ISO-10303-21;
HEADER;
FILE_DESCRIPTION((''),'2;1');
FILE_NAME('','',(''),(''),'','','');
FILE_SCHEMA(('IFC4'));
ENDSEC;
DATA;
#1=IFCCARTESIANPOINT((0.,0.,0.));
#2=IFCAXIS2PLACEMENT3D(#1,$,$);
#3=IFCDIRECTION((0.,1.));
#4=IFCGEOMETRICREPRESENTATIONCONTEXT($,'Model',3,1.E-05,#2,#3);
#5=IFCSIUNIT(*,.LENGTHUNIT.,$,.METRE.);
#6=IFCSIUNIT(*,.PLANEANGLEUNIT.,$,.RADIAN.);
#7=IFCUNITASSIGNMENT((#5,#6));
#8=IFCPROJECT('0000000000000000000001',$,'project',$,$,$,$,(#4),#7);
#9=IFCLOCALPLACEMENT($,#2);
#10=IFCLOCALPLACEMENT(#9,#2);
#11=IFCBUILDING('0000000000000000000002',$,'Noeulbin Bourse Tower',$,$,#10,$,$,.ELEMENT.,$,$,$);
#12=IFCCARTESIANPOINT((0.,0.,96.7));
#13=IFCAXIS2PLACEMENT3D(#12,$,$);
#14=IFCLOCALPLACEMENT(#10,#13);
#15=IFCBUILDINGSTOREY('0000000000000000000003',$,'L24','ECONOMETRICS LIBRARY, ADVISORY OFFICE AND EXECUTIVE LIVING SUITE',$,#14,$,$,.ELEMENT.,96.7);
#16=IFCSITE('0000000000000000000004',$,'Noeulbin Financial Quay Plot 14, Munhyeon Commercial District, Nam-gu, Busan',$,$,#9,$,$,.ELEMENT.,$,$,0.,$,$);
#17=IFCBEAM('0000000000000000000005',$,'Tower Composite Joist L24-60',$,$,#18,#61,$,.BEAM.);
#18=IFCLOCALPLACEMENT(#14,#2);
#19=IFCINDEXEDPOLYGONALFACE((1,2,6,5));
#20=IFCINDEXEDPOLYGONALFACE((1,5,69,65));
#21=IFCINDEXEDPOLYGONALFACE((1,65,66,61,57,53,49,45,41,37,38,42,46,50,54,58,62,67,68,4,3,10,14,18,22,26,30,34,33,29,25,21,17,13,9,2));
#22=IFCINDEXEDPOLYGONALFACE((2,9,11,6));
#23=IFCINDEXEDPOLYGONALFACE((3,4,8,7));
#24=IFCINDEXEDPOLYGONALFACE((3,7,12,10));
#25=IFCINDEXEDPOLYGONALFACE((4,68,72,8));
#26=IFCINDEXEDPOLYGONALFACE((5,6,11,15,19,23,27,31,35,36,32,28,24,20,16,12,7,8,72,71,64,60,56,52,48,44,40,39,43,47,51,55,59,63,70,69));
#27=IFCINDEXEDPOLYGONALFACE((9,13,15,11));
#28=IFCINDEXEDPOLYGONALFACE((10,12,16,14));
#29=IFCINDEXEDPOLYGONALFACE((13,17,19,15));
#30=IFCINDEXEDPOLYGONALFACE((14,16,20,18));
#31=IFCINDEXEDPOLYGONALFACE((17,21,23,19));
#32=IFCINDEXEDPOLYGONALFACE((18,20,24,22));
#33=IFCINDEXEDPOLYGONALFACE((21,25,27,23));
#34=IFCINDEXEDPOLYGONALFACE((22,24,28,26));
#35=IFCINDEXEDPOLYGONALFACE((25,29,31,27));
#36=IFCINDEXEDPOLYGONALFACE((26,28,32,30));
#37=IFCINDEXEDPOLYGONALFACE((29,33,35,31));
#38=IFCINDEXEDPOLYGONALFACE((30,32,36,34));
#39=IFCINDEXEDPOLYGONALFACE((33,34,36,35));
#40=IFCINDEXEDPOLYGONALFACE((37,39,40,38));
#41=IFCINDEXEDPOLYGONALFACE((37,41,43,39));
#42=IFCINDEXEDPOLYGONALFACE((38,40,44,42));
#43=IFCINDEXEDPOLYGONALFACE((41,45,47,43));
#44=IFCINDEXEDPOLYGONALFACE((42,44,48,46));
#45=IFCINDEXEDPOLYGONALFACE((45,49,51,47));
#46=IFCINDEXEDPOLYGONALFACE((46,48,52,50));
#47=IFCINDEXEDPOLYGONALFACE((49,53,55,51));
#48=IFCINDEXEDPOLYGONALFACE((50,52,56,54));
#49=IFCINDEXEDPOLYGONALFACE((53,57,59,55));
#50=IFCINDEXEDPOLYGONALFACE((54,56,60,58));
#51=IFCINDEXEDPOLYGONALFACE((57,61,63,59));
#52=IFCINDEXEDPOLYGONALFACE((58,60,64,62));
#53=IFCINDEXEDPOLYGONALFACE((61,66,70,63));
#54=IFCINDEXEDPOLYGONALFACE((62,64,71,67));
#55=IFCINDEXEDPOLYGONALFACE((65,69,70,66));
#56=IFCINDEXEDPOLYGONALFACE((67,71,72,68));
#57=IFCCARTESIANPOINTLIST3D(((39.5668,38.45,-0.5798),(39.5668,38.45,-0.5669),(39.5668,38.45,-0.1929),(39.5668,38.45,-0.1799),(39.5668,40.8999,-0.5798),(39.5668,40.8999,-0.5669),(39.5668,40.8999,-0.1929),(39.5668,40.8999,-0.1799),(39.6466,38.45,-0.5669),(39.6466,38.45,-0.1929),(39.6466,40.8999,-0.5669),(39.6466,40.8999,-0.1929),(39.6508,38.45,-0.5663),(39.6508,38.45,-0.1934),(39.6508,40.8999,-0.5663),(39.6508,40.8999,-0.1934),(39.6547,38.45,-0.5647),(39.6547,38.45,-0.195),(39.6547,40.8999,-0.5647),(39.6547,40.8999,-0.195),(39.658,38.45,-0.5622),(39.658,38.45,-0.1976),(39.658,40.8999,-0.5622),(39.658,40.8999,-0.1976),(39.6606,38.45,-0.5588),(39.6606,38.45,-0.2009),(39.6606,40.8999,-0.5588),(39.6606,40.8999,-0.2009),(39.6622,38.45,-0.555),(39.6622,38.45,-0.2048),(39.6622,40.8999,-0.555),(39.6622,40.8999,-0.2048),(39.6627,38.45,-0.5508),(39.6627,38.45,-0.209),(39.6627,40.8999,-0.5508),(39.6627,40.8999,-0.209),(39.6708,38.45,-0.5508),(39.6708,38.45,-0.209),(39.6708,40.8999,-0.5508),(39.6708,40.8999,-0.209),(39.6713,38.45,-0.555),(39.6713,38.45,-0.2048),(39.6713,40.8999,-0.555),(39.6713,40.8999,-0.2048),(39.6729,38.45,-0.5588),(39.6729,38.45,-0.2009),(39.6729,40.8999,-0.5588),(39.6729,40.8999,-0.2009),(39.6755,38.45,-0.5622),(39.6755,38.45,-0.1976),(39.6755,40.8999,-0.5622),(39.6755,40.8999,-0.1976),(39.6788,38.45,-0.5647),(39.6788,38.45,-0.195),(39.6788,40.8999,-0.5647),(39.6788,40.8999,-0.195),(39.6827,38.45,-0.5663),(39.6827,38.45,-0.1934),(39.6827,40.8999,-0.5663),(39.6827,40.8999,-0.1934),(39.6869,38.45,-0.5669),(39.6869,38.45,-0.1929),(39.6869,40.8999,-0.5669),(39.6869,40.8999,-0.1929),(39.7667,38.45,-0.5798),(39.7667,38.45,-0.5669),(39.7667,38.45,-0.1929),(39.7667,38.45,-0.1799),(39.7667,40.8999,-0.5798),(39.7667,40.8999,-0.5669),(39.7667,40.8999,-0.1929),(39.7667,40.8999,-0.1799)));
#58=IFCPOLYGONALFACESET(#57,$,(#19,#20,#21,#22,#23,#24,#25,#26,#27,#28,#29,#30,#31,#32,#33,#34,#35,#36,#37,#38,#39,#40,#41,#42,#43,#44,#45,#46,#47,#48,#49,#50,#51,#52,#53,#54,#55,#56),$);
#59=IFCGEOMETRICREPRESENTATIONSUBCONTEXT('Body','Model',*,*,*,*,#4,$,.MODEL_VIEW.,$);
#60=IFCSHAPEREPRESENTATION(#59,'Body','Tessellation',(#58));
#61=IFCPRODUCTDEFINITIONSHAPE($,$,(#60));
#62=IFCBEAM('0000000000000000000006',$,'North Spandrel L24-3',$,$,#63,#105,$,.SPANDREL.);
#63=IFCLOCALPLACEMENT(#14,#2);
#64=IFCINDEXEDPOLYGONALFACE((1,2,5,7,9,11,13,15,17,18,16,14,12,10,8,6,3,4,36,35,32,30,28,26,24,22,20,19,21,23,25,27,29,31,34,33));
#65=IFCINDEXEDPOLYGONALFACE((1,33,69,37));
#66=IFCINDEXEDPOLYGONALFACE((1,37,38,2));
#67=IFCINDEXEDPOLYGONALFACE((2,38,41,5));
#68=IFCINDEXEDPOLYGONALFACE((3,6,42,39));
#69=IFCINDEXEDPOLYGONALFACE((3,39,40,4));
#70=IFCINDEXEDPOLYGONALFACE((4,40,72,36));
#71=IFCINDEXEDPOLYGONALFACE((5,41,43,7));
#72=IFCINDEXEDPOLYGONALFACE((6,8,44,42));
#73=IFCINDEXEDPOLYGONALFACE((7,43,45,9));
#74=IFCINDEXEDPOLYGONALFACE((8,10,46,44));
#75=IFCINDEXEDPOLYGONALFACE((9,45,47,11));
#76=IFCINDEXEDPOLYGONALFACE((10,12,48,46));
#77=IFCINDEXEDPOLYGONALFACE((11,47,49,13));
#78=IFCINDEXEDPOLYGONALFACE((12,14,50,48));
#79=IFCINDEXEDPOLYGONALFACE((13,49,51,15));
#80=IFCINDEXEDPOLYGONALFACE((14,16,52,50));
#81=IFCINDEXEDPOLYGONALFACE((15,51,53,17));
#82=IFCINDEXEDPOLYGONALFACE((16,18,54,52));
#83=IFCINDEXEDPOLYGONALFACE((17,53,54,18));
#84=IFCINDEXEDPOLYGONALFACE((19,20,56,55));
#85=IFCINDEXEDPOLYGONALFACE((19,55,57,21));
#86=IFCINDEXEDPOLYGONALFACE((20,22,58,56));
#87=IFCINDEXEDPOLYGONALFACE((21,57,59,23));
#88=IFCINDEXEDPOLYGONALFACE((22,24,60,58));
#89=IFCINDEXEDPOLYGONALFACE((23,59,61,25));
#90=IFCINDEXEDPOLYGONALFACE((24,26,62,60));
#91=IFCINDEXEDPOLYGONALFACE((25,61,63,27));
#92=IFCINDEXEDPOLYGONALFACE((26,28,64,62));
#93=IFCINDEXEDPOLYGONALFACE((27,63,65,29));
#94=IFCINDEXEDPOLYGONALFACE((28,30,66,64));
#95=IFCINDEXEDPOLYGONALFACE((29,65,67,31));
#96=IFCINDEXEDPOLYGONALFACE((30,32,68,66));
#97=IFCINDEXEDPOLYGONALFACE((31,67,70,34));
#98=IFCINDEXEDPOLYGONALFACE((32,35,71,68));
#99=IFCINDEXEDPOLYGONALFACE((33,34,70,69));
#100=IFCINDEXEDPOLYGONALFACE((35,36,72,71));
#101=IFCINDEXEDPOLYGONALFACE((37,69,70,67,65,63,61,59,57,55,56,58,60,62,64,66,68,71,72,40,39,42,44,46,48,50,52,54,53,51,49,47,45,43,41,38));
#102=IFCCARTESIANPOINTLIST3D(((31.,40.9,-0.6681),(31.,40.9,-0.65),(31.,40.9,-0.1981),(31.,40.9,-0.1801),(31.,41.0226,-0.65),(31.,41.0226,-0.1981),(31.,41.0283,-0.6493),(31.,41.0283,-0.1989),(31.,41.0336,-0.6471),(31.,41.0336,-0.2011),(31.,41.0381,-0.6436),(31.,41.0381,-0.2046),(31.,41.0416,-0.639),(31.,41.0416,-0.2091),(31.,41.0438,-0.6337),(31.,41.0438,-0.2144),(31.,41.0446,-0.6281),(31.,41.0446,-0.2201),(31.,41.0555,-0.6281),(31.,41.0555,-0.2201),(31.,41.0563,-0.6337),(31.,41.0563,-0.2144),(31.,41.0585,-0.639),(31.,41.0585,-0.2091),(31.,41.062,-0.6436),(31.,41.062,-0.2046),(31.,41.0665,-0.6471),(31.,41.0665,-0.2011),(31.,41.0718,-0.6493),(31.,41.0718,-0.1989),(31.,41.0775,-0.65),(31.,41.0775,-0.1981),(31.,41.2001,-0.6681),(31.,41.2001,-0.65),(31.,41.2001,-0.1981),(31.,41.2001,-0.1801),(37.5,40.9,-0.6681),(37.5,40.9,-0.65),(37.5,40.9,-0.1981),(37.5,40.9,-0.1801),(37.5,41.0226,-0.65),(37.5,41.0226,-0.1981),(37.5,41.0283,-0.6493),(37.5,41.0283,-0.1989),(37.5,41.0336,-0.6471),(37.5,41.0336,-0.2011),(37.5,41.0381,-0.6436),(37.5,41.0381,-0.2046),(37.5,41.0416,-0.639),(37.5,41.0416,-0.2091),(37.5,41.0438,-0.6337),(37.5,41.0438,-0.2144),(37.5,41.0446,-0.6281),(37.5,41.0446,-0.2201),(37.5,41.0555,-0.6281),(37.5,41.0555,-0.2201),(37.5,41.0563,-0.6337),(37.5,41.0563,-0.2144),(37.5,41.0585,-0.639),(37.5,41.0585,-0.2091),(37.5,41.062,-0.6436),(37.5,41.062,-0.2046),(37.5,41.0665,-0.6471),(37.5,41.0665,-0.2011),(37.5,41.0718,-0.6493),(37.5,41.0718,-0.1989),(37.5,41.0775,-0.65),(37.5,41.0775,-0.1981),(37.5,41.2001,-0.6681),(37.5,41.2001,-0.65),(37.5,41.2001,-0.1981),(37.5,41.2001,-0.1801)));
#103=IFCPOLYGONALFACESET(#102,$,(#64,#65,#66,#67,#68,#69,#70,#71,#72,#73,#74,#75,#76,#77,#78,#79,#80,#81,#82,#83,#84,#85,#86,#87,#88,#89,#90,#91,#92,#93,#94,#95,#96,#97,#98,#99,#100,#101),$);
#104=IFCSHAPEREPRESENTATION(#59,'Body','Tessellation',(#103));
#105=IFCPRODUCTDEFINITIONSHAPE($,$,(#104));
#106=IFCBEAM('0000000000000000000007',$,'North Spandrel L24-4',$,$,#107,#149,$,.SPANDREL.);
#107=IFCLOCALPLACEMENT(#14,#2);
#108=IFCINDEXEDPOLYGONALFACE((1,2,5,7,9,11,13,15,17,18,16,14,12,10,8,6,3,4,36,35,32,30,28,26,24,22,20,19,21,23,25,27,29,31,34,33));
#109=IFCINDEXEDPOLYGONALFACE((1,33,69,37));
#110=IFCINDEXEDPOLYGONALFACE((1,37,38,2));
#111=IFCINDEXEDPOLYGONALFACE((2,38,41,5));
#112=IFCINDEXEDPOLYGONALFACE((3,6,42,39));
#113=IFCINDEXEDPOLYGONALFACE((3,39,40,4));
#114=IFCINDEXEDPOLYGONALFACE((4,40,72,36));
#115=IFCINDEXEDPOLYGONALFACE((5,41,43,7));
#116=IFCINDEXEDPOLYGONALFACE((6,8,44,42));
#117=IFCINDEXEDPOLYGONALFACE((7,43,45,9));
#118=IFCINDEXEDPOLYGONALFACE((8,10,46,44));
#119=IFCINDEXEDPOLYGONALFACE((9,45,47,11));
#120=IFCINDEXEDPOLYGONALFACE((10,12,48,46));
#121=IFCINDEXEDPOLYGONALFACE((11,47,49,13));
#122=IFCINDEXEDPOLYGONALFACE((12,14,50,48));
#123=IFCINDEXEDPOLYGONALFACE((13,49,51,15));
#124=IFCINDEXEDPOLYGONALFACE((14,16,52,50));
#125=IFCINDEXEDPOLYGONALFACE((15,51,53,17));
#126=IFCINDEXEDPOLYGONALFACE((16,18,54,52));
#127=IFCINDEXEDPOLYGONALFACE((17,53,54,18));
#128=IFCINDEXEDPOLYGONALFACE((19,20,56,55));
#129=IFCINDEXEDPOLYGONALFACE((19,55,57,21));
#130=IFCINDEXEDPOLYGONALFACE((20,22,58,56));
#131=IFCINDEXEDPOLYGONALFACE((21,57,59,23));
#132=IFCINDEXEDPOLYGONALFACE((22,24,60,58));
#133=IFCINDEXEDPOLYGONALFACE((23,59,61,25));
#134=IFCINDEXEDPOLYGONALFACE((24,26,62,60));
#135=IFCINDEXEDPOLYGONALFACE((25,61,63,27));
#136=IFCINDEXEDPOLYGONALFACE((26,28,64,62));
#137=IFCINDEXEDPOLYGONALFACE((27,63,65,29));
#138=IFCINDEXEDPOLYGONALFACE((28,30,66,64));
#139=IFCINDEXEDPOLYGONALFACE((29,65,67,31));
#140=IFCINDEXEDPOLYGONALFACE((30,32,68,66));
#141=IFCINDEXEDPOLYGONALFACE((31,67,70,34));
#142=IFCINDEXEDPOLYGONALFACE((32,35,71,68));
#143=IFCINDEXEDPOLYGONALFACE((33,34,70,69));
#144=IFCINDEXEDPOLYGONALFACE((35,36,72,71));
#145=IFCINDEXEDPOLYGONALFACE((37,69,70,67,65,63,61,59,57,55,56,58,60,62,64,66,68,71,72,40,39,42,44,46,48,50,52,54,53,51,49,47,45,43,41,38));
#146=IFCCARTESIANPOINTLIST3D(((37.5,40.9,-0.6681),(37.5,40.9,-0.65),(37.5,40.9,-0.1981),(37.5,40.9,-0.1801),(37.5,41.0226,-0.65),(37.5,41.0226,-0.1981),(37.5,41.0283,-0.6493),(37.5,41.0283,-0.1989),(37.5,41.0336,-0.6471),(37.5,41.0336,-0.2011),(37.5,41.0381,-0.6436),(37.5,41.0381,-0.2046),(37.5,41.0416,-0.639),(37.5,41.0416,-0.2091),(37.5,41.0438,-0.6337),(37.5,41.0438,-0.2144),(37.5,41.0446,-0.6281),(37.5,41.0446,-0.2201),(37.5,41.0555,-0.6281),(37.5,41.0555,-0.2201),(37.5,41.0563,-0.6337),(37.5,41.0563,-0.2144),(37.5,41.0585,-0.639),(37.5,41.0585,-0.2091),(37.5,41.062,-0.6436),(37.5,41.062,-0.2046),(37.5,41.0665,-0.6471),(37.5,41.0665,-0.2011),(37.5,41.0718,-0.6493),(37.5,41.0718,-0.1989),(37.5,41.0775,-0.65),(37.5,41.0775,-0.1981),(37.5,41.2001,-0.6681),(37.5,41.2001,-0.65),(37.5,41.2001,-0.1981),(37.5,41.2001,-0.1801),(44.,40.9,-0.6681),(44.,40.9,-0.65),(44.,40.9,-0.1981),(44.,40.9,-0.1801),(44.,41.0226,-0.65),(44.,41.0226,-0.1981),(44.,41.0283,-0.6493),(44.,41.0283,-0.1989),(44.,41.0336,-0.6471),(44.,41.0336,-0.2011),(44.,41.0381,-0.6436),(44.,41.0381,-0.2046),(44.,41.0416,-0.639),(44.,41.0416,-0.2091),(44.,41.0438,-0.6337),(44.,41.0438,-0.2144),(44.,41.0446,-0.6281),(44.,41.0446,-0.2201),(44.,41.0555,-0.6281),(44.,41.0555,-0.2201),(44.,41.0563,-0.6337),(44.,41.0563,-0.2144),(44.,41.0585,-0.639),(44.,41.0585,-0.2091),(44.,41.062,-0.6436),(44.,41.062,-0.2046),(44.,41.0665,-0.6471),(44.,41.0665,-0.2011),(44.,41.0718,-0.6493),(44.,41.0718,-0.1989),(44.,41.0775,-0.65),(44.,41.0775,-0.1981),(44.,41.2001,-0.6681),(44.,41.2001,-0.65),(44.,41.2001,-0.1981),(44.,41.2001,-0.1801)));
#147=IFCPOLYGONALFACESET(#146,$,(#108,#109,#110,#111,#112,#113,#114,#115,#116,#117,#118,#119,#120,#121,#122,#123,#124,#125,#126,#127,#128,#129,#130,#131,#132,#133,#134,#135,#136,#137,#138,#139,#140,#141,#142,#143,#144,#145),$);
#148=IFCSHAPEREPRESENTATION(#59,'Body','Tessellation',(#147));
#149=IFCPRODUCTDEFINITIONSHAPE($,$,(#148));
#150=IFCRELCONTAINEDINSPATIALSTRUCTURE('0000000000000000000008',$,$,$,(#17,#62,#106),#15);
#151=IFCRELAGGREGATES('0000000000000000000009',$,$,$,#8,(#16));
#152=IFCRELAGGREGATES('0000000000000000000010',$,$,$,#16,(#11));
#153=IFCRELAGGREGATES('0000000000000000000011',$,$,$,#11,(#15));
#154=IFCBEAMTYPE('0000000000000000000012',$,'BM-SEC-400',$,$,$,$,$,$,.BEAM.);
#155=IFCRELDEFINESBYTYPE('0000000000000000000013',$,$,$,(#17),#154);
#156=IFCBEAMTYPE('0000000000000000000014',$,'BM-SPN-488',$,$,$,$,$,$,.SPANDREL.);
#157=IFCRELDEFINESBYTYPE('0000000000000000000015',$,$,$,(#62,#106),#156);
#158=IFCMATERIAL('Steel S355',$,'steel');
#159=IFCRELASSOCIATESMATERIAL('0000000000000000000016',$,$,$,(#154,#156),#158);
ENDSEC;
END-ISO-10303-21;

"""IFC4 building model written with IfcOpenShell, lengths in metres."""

from ifc_helpers import new_model, si_unit, direction, frame, origin, origin_2d, place, context, subcontext, project, spatial, i_section, extrude, material, material_profile, profile_set, type_object, element, save


model = new_model("IFC4")

# Units and contexts
model_context = context("Model", 3, precision=1e-05, world=origin(), true_north=direction((0.0, 1.0)))
body_context = subcontext(model_context, "Body", "Model", "MODEL_VIEW")
ifc_project = project(units=[si_unit("LENGTHUNIT", "METRE"), si_unit("PLANEANGLEUNIT", "RADIAN")], contexts=[model_context])

# Site, building, storey
site_placement = place(None, origin())
site = spatial("IfcSite", under=ifc_project, at=site_placement, Name="Noeulbin Financial Quay Plot 14, Munhyeon Commercial District, Nam-gu, Busan", CompositionType="ELEMENT", RefElevation=0.0)
building_placement = place(site_placement, origin())
building = spatial("IfcBuilding", under=site, at=building_placement, Name="Noeulbin Bourse Tower", CompositionType="ELEMENT")
storey_placement = place(building_placement, frame((0.0, 0.0, 96.7)))
storey = spatial("IfcBuildingStorey", under=building, at=storey_placement, Name="L24", Description="ECONOMETRICS LIBRARY, ADVISORY OFFICE AND EXECUTIVE LIVING SUITE", CompositionType="ELEMENT", Elevation=96.7)

# Beams
ifc_material_1 = material(Name="Steel S355", Category="steel")
ifc_material_profile_1 = material_profile(ifc_material_1, i_section(OverallWidth=0.2, OverallDepth=0.3999, WebThickness=0.0081, FlangeThickness=0.0129, FilletRadius=0.0161, at=origin_2d()), Name="H-400x200x8x13", Category="LoadBearing")
ifc_profile_set_1 = profile_set([ifc_material_profile_1], Name="Steel S355")
beam_type_1 = type_object("IfcBeamType", Name="BM-SEC-400", PredefinedType="BEAM", material=ifc_profile_set_1)
for number, where, z_axis, x_axis, name in (
    (1, (39.6667, 38.45, -0.3799), (0.0, 1.0, 0.0), (-1.0, 0.0, 0.0), "Tower Composite Joist L24-60"),
):
    element("IfcBeam", number, at=place(storey_placement, frame(where, z_axis=z_axis, x_axis=x_axis)), inside=storey, type_object=beam_type_1, Name=name, PredefinedType="BEAM", context=body_context, shape_type="SweptSolid", body=[
        extrude(i_section(OverallWidth=0.2, OverallDepth=0.3999, WebThickness=0.0081, FlangeThickness=0.0129, FilletRadius=0.0161, at=origin_2d()), origin(), (0.0, 0.0, 1.0), 2.45),
    ])
ifc_material_profile_2 = material_profile(ifc_material_1, i_section(OverallWidth=0.3, OverallDepth=0.488, WebThickness=0.011, FlangeThickness=0.0181, FilletRadius=0.022, at=origin_2d()), Name="H-488x300x11x18", Category="LoadBearing")
ifc_profile_set_2 = profile_set([ifc_material_profile_2], Name="Steel S355")
beam_type_2 = type_object("IfcBeamType", Name="BM-SPN-488", PredefinedType="SPANDREL", material=ifc_profile_set_2)
for number, where, z_axis, x_axis, name in (
    (2, (31.0, 41.05, -0.4241), (1.0, 0.0, 0.0), (0.0, 1.0, 0.0), "North Spandrel L24-3"),
    (3, (37.5, 41.05, -0.4241), (1.0, 0.0, 0.0), (0.0, 1.0, 0.0), "North Spandrel L24-4"),
):
    element("IfcBeam", number, at=place(storey_placement, frame(where, z_axis=z_axis, x_axis=x_axis)), inside=storey, type_object=beam_type_2, Name=name, PredefinedType="SPANDREL", context=body_context, shape_type="SweptSolid", body=[
        extrude(i_section(OverallWidth=0.3, OverallDepth=0.488, WebThickness=0.011, FlangeThickness=0.0181, FilletRadius=0.022, at=origin_2d()), origin(), (0.0, 0.0, 1.0), 6.5),
    ])

save(model, "model.ifc")
